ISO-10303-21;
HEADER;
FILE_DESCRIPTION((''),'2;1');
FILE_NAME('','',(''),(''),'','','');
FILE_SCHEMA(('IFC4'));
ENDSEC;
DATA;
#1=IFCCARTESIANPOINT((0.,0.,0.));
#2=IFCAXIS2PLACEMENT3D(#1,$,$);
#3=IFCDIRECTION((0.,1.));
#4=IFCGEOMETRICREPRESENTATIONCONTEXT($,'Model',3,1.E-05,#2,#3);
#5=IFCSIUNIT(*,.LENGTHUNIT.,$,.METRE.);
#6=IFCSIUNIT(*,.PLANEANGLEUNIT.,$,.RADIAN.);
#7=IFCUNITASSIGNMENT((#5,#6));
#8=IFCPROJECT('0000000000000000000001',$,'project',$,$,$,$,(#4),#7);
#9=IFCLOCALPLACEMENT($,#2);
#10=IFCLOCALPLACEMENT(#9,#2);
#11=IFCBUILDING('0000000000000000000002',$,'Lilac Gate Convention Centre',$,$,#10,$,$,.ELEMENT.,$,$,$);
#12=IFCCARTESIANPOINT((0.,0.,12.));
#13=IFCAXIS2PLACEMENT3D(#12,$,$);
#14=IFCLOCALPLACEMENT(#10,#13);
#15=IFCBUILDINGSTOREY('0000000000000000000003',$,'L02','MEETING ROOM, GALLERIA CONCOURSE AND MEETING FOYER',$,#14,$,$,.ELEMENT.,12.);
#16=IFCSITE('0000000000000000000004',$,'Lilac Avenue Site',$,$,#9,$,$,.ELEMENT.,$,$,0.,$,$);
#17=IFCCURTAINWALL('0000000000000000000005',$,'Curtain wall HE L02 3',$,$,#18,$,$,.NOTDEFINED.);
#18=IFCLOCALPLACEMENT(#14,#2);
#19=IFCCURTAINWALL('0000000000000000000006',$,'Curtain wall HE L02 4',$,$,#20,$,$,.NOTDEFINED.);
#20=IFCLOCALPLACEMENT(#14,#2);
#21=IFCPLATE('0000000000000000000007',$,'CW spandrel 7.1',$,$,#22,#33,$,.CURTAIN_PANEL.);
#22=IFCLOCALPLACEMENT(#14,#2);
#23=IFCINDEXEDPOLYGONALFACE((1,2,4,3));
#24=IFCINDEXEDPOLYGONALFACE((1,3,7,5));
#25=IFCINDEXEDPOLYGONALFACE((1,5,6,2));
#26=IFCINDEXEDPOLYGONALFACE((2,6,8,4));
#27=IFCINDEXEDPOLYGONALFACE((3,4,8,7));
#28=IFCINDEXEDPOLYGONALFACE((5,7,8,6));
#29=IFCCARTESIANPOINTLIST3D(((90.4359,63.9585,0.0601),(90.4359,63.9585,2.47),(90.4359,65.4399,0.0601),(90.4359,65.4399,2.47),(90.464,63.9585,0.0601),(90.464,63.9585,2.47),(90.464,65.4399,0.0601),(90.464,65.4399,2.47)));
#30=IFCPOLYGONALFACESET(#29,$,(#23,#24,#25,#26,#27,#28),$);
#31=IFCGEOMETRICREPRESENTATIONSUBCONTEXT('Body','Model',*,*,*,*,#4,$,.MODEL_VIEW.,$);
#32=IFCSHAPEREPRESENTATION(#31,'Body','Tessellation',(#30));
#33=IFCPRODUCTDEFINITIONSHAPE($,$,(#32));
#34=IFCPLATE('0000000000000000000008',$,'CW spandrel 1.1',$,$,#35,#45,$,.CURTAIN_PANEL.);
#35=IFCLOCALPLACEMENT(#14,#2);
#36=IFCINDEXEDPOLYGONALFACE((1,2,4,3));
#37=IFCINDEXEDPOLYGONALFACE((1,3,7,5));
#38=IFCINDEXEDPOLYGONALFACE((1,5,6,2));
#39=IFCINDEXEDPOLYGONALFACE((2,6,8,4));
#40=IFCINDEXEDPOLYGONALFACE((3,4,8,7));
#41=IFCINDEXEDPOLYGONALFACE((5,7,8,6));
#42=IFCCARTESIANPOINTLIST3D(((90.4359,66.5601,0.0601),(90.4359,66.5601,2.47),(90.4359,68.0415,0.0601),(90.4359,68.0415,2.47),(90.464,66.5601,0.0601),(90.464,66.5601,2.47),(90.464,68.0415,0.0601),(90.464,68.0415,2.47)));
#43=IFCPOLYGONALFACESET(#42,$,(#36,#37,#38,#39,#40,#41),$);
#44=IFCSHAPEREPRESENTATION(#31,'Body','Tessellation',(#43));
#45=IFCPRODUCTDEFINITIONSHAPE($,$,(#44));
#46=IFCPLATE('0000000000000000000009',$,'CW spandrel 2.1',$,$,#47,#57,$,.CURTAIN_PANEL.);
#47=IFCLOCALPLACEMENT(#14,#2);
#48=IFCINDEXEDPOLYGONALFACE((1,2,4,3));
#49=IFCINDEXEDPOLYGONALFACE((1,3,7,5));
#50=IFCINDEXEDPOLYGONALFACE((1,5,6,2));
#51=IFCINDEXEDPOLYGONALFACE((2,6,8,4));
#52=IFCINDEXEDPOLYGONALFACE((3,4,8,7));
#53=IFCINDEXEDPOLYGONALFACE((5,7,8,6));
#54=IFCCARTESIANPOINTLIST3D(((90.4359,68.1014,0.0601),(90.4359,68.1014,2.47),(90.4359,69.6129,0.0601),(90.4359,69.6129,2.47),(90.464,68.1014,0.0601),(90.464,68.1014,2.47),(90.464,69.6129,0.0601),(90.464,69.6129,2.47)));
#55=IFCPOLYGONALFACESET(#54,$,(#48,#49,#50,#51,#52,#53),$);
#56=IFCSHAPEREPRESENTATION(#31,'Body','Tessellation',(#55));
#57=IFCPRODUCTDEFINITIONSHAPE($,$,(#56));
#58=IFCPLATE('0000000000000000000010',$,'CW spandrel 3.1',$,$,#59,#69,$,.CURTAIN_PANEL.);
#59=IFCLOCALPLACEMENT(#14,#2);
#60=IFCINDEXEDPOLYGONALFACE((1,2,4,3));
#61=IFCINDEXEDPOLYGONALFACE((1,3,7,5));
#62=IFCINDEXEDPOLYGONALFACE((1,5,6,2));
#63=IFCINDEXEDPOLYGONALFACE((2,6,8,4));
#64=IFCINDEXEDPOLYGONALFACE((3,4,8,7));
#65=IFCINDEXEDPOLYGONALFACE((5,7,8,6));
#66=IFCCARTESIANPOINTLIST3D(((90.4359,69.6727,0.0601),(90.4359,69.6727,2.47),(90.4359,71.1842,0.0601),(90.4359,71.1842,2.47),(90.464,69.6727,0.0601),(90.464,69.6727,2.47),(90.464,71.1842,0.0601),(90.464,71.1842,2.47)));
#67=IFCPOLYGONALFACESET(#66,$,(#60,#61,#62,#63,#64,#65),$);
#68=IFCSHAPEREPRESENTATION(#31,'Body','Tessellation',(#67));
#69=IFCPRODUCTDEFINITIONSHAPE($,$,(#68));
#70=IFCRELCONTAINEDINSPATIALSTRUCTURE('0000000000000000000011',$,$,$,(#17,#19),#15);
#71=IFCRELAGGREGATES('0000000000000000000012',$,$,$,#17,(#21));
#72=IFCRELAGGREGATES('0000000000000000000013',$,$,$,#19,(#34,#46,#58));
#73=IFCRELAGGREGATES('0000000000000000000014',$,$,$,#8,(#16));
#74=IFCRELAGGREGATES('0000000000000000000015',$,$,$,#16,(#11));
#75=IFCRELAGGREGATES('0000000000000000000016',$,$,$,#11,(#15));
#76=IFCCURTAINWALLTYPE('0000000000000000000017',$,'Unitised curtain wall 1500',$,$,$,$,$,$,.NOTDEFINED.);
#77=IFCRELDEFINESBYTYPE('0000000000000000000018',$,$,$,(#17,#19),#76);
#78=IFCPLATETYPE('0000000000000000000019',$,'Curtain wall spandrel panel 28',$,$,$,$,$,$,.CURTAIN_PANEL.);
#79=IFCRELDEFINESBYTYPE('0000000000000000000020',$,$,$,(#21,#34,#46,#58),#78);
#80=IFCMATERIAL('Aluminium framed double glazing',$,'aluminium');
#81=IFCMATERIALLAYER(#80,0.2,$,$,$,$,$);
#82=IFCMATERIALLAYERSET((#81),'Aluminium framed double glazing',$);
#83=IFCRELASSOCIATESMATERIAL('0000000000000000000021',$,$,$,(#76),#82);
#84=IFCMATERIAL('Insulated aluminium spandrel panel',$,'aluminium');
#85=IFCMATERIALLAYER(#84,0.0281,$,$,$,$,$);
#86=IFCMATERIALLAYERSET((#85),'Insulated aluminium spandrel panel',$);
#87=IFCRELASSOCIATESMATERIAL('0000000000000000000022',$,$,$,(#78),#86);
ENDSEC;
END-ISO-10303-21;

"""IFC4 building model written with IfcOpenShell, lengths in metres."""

from ifc_helpers import new_model, si_unit, direction, frame, origin, origin_2d, place, context, subcontext, project, spatial, rectangle, extrude, material, layer, layer_set, type_object, element, aggregate, save


model = new_model("IFC4")

# Units and contexts
model_context = context("Model", 3, precision=1e-05, world=origin(), true_north=direction((0.0, 1.0)))
body_context = subcontext(model_context, "Body", "Model", "MODEL_VIEW")
ifc_project = project(units=[si_unit("LENGTHUNIT", "METRE"), si_unit("PLANEANGLEUNIT", "RADIAN")], contexts=[model_context])

# Site, building, storey
site_placement = place(None, origin())
site = spatial("IfcSite", under=ifc_project, at=site_placement, Name="Lilac Avenue Site", CompositionType="ELEMENT", RefElevation=0.0)
building_placement = place(site_placement, origin())
building = spatial("IfcBuilding", under=site, at=building_placement, Name="Lilac Gate Convention Centre", CompositionType="ELEMENT")
storey_placement = place(building_placement, frame((0.0, 0.0, 12.0)))
storey = spatial("IfcBuildingStorey", under=building, at=storey_placement, Name="L02", Description="MEETING ROOM, GALLERIA CONCOURSE AND MEETING FOYER", CompositionType="ELEMENT", Elevation=12.0)

# Curtain walls
ifc_material_1 = material(Name="Aluminium framed double glazing", Category="aluminium")
ifc_layer_1 = layer(ifc_material_1, 0.2)
ifc_layer_set_1 = layer_set([ifc_layer_1], Name="Aluminium framed double glazing")
curtain_wall_type = type_object("IfcCurtainWallType", Name="Unitised curtain wall 1500", PredefinedType="NOTDEFINED", material=ifc_layer_set_1)
curtain_wall_1_placement = place(storey_placement, origin())
curtain_wall_1 = element("IfcCurtainWall", 1, at=curtain_wall_1_placement, inside=storey, type_object=curtain_wall_type, Name="Curtain wall HE L02 3", PredefinedType="NOTDEFINED")
curtain_wall_2_placement = place(storey_placement, origin())
curtain_wall_2 = element("IfcCurtainWall", 2, at=curtain_wall_2_placement, inside=storey, type_object=curtain_wall_type, Name="Curtain wall HE L02 4", PredefinedType="NOTDEFINED")

# Plates
ifc_material_2 = material(Name="Insulated aluminium spandrel panel", Category="aluminium")
ifc_layer_2 = layer(ifc_material_2, 0.0281)
ifc_layer_set_2 = layer_set([ifc_layer_2], Name="Insulated aluminium spandrel panel")
plate_type_1 = type_object("IfcPlateType", Name="Curtain wall spandrel panel 28", PredefinedType="CURTAIN_PANEL", material=ifc_layer_set_2)
plate_1_placement = place(storey_placement, frame((90.45, 64.6992, 0.0601), z_axis=(0.0, 0.0, 1.0), x_axis=(0.0, 1.0, 0.0)))
plate_1 = element("IfcPlate", 3, at=plate_1_placement, type_object=plate_type_1, Name="CW spandrel 7.1", PredefinedType="CURTAIN_PANEL", context=body_context, shape_type="SweptSolid", body=[
    extrude(rectangle(XDim=1.4814, YDim=0.0281, at=origin_2d()), origin(), (0.0, 0.0, 1.0), 2.4099),
])
aggregate(curtain_wall_1, [plate_1])
plate_2_placement = place(storey_placement, frame((90.45, 67.3008, 0.0601), z_axis=(0.0, 0.0, 1.0), x_axis=(0.0, 1.0, 0.0)))
plate_2 = element("IfcPlate", 4, at=plate_2_placement, type_object=plate_type_1, Name="CW spandrel 1.1", PredefinedType="CURTAIN_PANEL", context=body_context, shape_type="SweptSolid", body=[
    extrude(rectangle(XDim=1.4814, YDim=0.0281, at=origin_2d()), origin(), (0.0, 0.0, 1.0), 2.4099),
])
plate_3_placement = place(storey_placement, frame((90.45, 68.8572, 0.0601), z_axis=(0.0, 0.0, 1.0), x_axis=(0.0, 1.0, 0.0)))
plate_3 = element("IfcPlate", 5, at=plate_3_placement, type_object=plate_type_1, Name="CW spandrel 2.1", PredefinedType="CURTAIN_PANEL", context=body_context, shape_type="SweptSolid", body=[
    extrude(rectangle(XDim=1.5115, YDim=0.0281, at=origin_2d()), origin(), (0.0, 0.0, 1.0), 2.4099),
])
plate_4_placement = place(storey_placement, frame((90.45, 70.4285, 0.0601), z_axis=(0.0, 0.0, 1.0), x_axis=(0.0, 1.0, 0.0)))
plate_4 = element("IfcPlate", 6, at=plate_4_placement, type_object=plate_type_1, Name="CW spandrel 3.1", PredefinedType="CURTAIN_PANEL", context=body_context, shape_type="SweptSolid", body=[
    extrude(rectangle(XDim=1.5115, YDim=0.0281, at=origin_2d()), origin(), (0.0, 0.0, 1.0), 2.4099),
])
aggregate(curtain_wall_2, [plate_2, plate_3, plate_4])

save(model, "model.ifc")
